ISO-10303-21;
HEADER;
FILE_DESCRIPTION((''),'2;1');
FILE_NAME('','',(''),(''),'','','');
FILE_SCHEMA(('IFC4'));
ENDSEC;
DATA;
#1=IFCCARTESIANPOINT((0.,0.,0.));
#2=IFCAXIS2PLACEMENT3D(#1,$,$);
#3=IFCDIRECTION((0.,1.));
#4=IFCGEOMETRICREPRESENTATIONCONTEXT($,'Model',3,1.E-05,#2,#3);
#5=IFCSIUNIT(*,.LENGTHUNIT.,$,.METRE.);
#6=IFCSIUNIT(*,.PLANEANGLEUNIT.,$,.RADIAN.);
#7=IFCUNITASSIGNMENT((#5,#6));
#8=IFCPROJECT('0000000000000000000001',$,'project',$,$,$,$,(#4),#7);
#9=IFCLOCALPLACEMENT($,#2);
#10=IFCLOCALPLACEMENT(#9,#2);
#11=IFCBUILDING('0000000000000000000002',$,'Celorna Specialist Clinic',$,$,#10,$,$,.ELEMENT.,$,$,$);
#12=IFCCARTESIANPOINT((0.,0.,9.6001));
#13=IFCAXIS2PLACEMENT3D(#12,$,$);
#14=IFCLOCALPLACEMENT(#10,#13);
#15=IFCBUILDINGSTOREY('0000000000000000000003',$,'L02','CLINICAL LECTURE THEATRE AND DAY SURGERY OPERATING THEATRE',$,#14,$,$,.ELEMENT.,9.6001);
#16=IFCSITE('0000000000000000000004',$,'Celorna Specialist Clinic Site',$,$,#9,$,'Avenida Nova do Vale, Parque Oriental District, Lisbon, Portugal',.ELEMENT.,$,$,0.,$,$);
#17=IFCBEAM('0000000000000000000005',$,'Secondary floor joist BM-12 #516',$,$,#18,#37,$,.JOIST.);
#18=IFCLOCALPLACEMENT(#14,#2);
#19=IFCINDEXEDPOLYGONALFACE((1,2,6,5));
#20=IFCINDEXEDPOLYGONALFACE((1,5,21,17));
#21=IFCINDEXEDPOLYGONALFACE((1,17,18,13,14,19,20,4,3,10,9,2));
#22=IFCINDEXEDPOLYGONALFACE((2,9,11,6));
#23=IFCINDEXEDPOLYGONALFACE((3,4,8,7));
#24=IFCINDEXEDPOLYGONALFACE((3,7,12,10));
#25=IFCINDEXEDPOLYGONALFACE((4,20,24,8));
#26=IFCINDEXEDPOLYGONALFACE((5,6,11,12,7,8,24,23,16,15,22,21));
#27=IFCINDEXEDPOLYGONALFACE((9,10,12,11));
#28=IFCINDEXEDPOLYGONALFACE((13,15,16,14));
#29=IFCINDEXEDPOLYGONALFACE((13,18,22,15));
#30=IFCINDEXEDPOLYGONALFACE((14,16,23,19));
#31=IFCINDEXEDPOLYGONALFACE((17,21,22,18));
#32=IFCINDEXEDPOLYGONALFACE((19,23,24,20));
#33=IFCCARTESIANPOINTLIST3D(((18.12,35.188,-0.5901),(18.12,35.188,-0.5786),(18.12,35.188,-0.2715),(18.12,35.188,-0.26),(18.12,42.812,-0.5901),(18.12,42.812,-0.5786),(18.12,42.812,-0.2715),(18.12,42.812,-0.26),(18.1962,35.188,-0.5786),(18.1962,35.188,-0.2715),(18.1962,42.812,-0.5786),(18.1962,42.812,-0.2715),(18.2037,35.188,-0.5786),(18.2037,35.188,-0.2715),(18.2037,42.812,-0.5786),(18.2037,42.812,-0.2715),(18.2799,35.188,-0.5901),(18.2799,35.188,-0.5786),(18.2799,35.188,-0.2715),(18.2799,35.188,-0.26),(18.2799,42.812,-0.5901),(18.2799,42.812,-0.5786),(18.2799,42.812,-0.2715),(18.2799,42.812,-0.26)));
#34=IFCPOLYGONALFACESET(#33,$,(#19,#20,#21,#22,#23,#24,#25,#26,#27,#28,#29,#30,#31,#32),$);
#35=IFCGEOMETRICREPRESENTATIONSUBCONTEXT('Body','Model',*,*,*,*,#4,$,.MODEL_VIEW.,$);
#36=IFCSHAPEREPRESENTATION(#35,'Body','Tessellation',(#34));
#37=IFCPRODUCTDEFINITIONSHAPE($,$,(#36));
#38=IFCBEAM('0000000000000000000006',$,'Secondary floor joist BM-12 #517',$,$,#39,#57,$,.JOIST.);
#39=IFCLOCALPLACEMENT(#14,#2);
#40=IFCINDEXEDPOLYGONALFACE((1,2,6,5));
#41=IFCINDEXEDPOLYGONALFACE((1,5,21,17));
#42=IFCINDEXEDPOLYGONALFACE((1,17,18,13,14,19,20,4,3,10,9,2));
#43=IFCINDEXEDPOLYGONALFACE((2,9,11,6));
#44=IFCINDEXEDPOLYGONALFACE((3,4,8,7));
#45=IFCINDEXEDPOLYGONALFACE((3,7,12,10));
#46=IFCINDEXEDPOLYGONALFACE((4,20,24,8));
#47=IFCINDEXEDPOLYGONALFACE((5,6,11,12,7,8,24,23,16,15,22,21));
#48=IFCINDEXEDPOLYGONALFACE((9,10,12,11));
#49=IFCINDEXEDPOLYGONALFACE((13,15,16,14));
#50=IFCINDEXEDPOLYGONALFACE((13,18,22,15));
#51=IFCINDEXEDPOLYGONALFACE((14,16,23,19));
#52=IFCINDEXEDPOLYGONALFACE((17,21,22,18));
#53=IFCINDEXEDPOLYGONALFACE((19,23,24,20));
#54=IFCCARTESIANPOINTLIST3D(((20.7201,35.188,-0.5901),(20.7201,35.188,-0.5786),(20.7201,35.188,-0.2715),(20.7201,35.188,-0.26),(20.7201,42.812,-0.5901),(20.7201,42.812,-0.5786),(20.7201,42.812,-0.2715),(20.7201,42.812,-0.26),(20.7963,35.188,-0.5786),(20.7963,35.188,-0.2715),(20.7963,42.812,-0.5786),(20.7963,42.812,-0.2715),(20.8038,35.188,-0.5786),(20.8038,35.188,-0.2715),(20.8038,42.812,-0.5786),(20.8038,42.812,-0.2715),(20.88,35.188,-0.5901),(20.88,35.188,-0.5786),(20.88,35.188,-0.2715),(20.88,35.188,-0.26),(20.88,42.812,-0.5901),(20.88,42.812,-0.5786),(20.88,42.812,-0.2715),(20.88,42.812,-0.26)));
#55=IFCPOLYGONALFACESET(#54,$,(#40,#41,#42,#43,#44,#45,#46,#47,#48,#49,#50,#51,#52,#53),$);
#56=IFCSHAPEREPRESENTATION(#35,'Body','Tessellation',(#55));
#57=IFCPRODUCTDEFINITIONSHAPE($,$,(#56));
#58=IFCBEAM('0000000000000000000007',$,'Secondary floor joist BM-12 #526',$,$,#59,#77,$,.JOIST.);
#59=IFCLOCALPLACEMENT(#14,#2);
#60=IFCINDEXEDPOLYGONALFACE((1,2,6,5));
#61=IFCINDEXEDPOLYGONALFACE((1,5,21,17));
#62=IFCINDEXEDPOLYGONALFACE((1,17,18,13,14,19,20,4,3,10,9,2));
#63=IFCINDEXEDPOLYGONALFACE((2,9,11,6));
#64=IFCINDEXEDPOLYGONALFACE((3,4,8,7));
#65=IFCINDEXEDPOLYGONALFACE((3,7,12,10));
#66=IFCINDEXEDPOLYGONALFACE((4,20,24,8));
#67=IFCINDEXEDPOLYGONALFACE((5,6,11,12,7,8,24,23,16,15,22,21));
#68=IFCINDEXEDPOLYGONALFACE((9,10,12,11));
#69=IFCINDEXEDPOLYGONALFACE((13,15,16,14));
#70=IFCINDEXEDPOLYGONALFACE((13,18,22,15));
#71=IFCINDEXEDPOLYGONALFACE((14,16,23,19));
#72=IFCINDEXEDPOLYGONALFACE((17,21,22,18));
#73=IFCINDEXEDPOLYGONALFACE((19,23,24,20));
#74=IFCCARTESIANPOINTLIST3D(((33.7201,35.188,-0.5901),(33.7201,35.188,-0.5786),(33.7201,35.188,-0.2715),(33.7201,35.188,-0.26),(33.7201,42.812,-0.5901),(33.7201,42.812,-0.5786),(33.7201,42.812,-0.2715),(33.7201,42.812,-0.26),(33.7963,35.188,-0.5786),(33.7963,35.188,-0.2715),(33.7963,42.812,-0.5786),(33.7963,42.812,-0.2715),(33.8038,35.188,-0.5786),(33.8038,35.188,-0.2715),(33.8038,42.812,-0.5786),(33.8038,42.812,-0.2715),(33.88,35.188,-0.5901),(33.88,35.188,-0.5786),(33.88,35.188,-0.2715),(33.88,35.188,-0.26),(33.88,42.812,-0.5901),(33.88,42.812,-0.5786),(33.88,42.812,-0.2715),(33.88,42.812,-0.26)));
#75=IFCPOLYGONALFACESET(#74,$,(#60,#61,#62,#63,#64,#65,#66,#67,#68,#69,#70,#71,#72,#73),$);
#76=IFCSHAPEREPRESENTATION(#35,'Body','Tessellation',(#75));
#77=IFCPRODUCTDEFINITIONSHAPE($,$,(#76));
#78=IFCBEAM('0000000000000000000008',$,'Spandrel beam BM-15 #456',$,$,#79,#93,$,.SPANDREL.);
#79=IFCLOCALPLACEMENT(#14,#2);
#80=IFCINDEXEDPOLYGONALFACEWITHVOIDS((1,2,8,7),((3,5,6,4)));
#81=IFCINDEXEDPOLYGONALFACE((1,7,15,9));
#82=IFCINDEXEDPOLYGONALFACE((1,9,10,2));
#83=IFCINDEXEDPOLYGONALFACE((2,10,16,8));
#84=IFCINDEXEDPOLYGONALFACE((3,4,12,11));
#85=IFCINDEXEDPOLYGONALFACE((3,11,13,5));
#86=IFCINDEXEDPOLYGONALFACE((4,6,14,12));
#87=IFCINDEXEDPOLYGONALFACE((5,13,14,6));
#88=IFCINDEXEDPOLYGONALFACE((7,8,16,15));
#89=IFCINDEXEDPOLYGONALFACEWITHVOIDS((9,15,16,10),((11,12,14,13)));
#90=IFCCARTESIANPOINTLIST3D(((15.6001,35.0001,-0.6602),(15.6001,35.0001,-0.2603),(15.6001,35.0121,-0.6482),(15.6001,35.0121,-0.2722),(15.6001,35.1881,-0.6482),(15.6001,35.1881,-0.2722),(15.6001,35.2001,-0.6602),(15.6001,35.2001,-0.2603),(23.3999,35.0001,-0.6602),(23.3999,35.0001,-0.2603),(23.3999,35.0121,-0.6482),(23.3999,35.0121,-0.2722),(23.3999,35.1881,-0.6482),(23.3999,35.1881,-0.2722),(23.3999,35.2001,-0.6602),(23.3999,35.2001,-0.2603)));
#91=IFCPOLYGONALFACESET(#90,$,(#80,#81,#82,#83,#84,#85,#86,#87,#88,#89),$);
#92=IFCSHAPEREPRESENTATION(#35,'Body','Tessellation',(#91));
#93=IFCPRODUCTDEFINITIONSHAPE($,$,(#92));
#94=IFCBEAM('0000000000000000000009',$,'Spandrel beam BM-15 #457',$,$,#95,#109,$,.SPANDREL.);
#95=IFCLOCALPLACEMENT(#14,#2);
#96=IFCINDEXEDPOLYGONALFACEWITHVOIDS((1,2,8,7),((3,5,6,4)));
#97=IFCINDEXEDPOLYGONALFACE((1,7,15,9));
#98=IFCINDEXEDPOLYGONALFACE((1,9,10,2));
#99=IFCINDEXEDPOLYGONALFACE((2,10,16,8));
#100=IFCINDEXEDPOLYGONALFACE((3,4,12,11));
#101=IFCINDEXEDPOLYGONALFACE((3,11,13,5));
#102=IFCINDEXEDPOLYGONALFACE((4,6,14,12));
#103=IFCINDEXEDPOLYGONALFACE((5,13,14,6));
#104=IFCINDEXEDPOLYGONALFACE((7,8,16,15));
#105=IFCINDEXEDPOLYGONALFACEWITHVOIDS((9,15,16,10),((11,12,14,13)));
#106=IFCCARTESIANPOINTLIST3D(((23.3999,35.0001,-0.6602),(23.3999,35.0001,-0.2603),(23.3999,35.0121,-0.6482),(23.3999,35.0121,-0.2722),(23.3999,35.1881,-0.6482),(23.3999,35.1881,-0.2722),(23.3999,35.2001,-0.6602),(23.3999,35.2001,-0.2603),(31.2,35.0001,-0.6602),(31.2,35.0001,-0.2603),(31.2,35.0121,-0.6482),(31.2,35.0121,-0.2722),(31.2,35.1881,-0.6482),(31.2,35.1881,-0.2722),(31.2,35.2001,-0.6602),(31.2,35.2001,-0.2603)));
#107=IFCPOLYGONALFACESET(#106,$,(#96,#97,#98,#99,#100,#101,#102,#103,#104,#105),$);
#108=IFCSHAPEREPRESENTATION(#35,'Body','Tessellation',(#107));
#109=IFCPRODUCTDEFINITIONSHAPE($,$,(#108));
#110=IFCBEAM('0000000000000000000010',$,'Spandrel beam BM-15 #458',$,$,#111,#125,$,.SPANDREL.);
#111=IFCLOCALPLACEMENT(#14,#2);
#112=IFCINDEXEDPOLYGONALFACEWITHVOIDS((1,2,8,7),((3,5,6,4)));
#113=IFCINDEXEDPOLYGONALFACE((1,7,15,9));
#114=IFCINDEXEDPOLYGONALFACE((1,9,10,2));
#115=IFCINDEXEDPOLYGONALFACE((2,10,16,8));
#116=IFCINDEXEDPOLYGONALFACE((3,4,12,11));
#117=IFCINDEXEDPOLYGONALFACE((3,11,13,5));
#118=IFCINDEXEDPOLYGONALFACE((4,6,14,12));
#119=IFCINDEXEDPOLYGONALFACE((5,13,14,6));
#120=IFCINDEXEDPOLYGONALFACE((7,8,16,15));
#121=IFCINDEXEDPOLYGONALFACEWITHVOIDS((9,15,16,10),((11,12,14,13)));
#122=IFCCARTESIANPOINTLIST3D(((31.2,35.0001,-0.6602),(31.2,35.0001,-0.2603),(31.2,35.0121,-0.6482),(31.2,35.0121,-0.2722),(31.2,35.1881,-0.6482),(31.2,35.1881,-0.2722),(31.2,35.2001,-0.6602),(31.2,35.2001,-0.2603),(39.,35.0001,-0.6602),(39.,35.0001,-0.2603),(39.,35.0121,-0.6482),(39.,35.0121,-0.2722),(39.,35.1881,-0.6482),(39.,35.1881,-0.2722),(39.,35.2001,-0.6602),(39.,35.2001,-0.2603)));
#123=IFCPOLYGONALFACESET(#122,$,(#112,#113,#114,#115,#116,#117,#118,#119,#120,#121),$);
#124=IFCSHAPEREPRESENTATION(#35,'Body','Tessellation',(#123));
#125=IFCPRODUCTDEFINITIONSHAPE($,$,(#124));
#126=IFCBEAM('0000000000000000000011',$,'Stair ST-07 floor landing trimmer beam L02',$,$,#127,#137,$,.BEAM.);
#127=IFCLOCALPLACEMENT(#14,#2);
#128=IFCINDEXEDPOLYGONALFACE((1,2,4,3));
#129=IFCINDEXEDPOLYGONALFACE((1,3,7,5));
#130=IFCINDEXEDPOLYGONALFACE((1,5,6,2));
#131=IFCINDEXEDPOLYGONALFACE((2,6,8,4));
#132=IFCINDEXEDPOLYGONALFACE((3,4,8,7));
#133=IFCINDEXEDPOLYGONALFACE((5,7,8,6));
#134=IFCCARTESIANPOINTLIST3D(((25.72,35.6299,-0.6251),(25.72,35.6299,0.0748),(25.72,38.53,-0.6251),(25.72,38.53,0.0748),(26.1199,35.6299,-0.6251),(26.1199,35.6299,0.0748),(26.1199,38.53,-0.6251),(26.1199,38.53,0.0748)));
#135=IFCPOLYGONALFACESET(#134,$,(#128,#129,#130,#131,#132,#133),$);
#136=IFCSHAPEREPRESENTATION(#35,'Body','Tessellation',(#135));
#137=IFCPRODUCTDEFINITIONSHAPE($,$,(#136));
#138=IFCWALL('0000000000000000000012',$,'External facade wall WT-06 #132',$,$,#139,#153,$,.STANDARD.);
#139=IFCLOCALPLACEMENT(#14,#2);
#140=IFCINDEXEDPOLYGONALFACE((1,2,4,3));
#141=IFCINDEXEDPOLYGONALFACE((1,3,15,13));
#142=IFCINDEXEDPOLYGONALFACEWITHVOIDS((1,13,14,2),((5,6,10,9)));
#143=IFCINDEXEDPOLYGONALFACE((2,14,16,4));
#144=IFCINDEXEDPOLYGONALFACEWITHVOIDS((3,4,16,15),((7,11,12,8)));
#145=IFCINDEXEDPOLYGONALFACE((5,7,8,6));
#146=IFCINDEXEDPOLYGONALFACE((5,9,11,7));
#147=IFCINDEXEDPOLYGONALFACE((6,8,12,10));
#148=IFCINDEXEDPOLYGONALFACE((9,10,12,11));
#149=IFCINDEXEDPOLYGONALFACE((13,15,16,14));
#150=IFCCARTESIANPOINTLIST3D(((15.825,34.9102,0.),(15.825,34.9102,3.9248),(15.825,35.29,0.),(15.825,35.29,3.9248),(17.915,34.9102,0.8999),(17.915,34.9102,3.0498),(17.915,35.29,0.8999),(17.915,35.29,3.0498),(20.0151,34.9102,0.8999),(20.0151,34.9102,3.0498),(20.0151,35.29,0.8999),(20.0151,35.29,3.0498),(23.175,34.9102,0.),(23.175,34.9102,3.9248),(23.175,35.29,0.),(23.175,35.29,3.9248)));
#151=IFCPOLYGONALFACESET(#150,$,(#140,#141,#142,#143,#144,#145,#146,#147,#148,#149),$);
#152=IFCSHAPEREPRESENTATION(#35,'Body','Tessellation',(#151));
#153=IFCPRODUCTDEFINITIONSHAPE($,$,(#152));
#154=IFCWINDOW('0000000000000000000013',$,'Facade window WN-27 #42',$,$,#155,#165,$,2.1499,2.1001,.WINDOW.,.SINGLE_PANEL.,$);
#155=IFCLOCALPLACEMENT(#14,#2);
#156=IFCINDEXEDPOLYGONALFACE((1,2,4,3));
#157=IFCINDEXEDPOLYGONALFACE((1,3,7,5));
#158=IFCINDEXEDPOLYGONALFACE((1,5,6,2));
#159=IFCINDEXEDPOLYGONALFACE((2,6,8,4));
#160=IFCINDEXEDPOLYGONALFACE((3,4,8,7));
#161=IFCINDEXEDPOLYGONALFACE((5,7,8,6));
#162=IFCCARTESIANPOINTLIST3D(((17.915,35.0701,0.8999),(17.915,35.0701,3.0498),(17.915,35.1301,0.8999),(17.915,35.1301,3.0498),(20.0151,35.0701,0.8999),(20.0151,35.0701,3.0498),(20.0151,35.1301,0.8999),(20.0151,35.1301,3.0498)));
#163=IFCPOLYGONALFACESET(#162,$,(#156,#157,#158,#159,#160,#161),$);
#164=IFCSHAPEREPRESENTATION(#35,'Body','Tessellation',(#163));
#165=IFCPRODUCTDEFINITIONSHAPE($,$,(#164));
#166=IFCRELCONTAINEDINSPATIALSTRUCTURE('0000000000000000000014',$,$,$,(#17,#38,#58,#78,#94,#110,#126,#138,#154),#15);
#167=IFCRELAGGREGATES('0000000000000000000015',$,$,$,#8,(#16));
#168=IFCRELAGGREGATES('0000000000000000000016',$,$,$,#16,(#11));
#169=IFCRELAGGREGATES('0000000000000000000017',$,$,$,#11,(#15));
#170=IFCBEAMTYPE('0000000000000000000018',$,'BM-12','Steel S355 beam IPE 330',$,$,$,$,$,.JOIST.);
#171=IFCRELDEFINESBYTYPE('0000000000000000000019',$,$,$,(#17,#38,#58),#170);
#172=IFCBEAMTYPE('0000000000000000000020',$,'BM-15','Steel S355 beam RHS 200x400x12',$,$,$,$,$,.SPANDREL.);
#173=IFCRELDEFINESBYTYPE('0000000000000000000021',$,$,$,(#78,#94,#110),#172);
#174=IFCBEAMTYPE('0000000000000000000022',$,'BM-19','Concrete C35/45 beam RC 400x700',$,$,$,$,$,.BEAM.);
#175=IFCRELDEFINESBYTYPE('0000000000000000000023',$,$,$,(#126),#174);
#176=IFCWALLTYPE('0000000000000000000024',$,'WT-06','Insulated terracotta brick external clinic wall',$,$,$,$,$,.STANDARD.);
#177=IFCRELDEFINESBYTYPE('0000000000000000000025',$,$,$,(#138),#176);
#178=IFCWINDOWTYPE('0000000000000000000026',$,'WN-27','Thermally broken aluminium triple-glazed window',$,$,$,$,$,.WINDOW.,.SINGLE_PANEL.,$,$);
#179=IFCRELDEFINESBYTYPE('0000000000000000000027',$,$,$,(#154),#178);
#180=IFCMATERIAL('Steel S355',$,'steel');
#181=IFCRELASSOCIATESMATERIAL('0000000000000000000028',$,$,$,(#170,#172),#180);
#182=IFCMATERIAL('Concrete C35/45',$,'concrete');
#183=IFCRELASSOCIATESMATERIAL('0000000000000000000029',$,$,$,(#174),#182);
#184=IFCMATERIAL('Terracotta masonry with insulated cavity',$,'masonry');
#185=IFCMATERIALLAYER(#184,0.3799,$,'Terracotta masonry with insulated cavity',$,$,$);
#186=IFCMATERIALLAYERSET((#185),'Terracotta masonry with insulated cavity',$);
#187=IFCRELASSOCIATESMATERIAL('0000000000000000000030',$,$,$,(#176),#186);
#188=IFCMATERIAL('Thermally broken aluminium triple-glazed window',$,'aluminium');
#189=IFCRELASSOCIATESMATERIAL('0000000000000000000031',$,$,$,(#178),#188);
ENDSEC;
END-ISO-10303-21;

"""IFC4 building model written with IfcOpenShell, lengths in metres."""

from ifc_helpers import new_model, si_unit, direction, frame, frame_2d, origin, origin_2d, place, context, subcontext, project, spatial, rectangle, hollow_rectangle, i_section, extrude, material, layer, layer_set, material_profile, profile_set, type_object, element, fill, save


model = new_model("IFC4")

# Units and contexts
model_context = context("Model", 3, precision=1e-05, world=origin(), true_north=direction((0.0, 1.0)))
body_context = subcontext(model_context, "Body", "Model", "MODEL_VIEW")
ifc_project = project(units=[si_unit("LENGTHUNIT", "METRE"), si_unit("PLANEANGLEUNIT", "RADIAN")], contexts=[model_context])

# Site, building, storey
site_placement = place(None, origin())
site = spatial("IfcSite", under=ifc_project, at=site_placement, Name="Celorna Specialist Clinic Site", LongName="Avenida Nova do Vale, Parque Oriental District, Lisbon, Portugal", CompositionType="ELEMENT", RefElevation=0.0)
building_placement = place(site_placement, origin())
building = spatial("IfcBuilding", under=site, at=building_placement, Name="Celorna Specialist Clinic", CompositionType="ELEMENT")
storey_placement = place(building_placement, frame((0.0, 0.0, 9.6001)))
storey = spatial("IfcBuildingStorey", under=building, at=storey_placement, Name="L02", Description="CLINICAL LECTURE THEATRE AND DAY SURGERY OPERATING THEATRE", CompositionType="ELEMENT", Elevation=9.6001)

# Shared definitions
ifc_material_1 = material(Name="Concrete C35/45", Category="concrete")

# Beams
ifc_material_2 = material(Name="Steel S355", Category="steel")
ifc_material_profile_1 = material_profile(ifc_material_2, i_section(OverallWidth=0.1599, OverallDepth=0.3301, WebThickness=0.0076, FlangeThickness=0.0115, at=origin_2d()), Name="IPE 330")
ifc_profile_set_1 = profile_set([ifc_material_profile_1], Name="Steel S355")
beam_type_1 = type_object("IfcBeamType", Name="BM-12", Description="Steel S355 beam IPE 330", PredefinedType="JOIST", material=ifc_profile_set_1)
for number, where, z_axis, x_axis, name in (
    (1, (18.2, 35.188, -0.425), (0.0, 1.0, 0.0), (-1.0, 0.0, 0.0), "Secondary floor joist BM-12 #516"),
    (2, (20.8, 35.188, -0.425), (0.0, 1.0, 0.0), (-1.0, 0.0, 0.0), "Secondary floor joist BM-12 #517"),
    (3, (33.8, 35.188, -0.425), (0.0, 1.0, 0.0), (-1.0, 0.0, 0.0), "Secondary floor joist BM-12 #526"),
):
    element("IfcBeam", number, at=place(storey_placement, frame(where, z_axis=z_axis, x_axis=x_axis)), inside=storey, type_object=beam_type_1, Name=name, PredefinedType="JOIST", context=body_context, shape_type="SweptSolid", body=[
        extrude(i_section(OverallWidth=0.1599, OverallDepth=0.3301, WebThickness=0.0076, FlangeThickness=0.0115, at=origin_2d()), origin(), (0.0, 0.0, 1.0), 7.624),
    ])
ifc_material_profile_2 = material_profile(ifc_material_2, hollow_rectangle(XDim=0.2, YDim=0.3999, WallThickness=0.012, at=origin_2d()), Name="RHS 200x400x12")
ifc_profile_set_2 = profile_set([ifc_material_profile_2], Name="Steel S355")
beam_type_2 = type_object("IfcBeamType", Name="BM-15", Description="Steel S355 beam RHS 200x400x12", PredefinedType="SPANDREL", material=ifc_profile_set_2)
beam_1_placement = place(storey_placement, frame((15.6001, 35.1001, -0.4602), z_axis=(1.0, 0.0, 0.0), x_axis=(0.0, 1.0, 0.0)))
element("IfcBeam", 4, at=beam_1_placement, inside=storey, type_object=beam_type_2, Name="Spandrel beam BM-15 #456", PredefinedType="SPANDREL", context=body_context, shape_type="SweptSolid", body=[
    extrude(hollow_rectangle(XDim=0.2, YDim=0.3999, WallThickness=0.012, at=origin_2d()), origin(), (0.0, 0.0, 1.0), 7.7998),
])
for number, where, z_axis, x_axis, name in (
    (5, (23.3999, 35.1001, -0.4602), (1.0, 0.0, 0.0), (0.0, 1.0, 0.0), "Spandrel beam BM-15 #457"),
    (6, (31.2, 35.1001, -0.4602), (1.0, 0.0, 0.0), (0.0, 1.0, 0.0), "Spandrel beam BM-15 #458"),
):
    element("IfcBeam", number, at=place(storey_placement, frame(where, z_axis=z_axis, x_axis=x_axis)), inside=storey, type_object=beam_type_2, Name=name, PredefinedType="SPANDREL", context=body_context, shape_type="SweptSolid", body=[
        extrude(hollow_rectangle(XDim=0.2, YDim=0.3999, WallThickness=0.012, at=origin_2d()), origin(), (0.0, 0.0, 1.0), 7.8),
    ])
ifc_material_profile_3 = material_profile(ifc_material_1, rectangle(XDim=0.3999, YDim=0.7, at=origin_2d()), Name="RC 400x700")
ifc_profile_set_3 = profile_set([ifc_material_profile_3], Name="Concrete C35/45")
beam_type_3 = type_object("IfcBeamType", Name="BM-19", Description="Concrete C35/45 beam RC 400x700", PredefinedType="BEAM", material=ifc_profile_set_3)
beam_2_placement = place(storey_placement, frame((25.9199, 35.6299, -0.2751), z_axis=(0.0, 1.0, 0.0), x_axis=(-1.0, 0.0, 0.0)))
element("IfcBeam", 7, at=beam_2_placement, inside=storey, type_object=beam_type_3, Name="Stair ST-07 floor landing trimmer beam L02", PredefinedType="BEAM", context=body_context, shape_type="SweptSolid", body=[
    extrude(rectangle(XDim=0.3999, YDim=0.7, at=origin_2d()), origin(), (0.0, 0.0, 1.0), 2.9001),
])

# Wall, opening, window
ifc_material_3 = material(Name="Terracotta masonry with insulated cavity", Category="masonry")
ifc_layer_1 = layer(ifc_material_3, 0.3799, Name="Terracotta masonry with insulated cavity")
ifc_layer_set_1 = layer_set([ifc_layer_1], Name="Terracotta masonry with insulated cavity")
wall_type_1 = type_object("IfcWallType", Name="WT-06", Description="Insulated terracotta brick external clinic wall", PredefinedType="STANDARD", material=ifc_layer_set_1)
wall_1_placement = place(storey_placement, frame((23.175, 35.1001, 0.0), z_axis=(0.0, 0.0, 1.0), x_axis=(-1.0, 0.0, 0.0)))
wall_1 = element("IfcWall", 8, at=wall_1_placement, inside=storey, type_object=wall_type_1, Name="External facade wall WT-06 #132", PredefinedType="STANDARD", context=body_context, shape_type="SweptSolid", body=[
    extrude(rectangle(XDim=7.3501, YDim=0.3799, at=frame_2d((3.675, 0.0))), origin(), (0.0, 0.0, 1.0), 3.9248),
])
opening_1_placement = place(wall_1_placement, frame((3.1599, 0.0, 0.8999)))
opening_1 = element("IfcOpeningElement", 9, at=opening_1_placement, cuts=wall_1, PredefinedType="OPENING", context=body_context, shape_type="SweptSolid", body=[
    extrude(rectangle(XDim=2.1001, YDim=2.1499, at=frame_2d((1.05, 1.075))), frame((0.0, 0.2, 0.0), z_axis=(0.0, -1.0, 0.0), x_axis=(1.0, 0.0, 0.0)), (0.0, 0.0, 1.0), 0.3999),
])
ifc_material_4 = material(Name="Thermally broken aluminium triple-glazed window", Category="aluminium")
window_type_1 = type_object("IfcWindowType", Name="WN-27", Description="Thermally broken aluminium triple-glazed window", PartitioningType="SINGLE_PANEL", PredefinedType="WINDOW", material=ifc_material_4)
window_1_placement = place(opening_1_placement, origin())
window_1 = element("IfcWindow", 10, at=window_1_placement, inside=storey, type_object=window_type_1, Name="Facade window WN-27 #42", OverallHeight=2.1499, OverallWidth=2.1001, PartitioningType="SINGLE_PANEL", PredefinedType="WINDOW", context=body_context, shape_type="SweptSolid", body=[
    extrude(rectangle(XDim=2.1001, YDim=2.1499, at=frame_2d((1.05, 1.075))), frame((0.0, 0.03, 0.0), z_axis=(0.0, -1.0, 0.0), x_axis=(1.0, 0.0, 0.0)), (0.0, 0.0, 1.0), 0.0601),
])
fill(opening_1, window_1)

save(model, "model.ifc")
